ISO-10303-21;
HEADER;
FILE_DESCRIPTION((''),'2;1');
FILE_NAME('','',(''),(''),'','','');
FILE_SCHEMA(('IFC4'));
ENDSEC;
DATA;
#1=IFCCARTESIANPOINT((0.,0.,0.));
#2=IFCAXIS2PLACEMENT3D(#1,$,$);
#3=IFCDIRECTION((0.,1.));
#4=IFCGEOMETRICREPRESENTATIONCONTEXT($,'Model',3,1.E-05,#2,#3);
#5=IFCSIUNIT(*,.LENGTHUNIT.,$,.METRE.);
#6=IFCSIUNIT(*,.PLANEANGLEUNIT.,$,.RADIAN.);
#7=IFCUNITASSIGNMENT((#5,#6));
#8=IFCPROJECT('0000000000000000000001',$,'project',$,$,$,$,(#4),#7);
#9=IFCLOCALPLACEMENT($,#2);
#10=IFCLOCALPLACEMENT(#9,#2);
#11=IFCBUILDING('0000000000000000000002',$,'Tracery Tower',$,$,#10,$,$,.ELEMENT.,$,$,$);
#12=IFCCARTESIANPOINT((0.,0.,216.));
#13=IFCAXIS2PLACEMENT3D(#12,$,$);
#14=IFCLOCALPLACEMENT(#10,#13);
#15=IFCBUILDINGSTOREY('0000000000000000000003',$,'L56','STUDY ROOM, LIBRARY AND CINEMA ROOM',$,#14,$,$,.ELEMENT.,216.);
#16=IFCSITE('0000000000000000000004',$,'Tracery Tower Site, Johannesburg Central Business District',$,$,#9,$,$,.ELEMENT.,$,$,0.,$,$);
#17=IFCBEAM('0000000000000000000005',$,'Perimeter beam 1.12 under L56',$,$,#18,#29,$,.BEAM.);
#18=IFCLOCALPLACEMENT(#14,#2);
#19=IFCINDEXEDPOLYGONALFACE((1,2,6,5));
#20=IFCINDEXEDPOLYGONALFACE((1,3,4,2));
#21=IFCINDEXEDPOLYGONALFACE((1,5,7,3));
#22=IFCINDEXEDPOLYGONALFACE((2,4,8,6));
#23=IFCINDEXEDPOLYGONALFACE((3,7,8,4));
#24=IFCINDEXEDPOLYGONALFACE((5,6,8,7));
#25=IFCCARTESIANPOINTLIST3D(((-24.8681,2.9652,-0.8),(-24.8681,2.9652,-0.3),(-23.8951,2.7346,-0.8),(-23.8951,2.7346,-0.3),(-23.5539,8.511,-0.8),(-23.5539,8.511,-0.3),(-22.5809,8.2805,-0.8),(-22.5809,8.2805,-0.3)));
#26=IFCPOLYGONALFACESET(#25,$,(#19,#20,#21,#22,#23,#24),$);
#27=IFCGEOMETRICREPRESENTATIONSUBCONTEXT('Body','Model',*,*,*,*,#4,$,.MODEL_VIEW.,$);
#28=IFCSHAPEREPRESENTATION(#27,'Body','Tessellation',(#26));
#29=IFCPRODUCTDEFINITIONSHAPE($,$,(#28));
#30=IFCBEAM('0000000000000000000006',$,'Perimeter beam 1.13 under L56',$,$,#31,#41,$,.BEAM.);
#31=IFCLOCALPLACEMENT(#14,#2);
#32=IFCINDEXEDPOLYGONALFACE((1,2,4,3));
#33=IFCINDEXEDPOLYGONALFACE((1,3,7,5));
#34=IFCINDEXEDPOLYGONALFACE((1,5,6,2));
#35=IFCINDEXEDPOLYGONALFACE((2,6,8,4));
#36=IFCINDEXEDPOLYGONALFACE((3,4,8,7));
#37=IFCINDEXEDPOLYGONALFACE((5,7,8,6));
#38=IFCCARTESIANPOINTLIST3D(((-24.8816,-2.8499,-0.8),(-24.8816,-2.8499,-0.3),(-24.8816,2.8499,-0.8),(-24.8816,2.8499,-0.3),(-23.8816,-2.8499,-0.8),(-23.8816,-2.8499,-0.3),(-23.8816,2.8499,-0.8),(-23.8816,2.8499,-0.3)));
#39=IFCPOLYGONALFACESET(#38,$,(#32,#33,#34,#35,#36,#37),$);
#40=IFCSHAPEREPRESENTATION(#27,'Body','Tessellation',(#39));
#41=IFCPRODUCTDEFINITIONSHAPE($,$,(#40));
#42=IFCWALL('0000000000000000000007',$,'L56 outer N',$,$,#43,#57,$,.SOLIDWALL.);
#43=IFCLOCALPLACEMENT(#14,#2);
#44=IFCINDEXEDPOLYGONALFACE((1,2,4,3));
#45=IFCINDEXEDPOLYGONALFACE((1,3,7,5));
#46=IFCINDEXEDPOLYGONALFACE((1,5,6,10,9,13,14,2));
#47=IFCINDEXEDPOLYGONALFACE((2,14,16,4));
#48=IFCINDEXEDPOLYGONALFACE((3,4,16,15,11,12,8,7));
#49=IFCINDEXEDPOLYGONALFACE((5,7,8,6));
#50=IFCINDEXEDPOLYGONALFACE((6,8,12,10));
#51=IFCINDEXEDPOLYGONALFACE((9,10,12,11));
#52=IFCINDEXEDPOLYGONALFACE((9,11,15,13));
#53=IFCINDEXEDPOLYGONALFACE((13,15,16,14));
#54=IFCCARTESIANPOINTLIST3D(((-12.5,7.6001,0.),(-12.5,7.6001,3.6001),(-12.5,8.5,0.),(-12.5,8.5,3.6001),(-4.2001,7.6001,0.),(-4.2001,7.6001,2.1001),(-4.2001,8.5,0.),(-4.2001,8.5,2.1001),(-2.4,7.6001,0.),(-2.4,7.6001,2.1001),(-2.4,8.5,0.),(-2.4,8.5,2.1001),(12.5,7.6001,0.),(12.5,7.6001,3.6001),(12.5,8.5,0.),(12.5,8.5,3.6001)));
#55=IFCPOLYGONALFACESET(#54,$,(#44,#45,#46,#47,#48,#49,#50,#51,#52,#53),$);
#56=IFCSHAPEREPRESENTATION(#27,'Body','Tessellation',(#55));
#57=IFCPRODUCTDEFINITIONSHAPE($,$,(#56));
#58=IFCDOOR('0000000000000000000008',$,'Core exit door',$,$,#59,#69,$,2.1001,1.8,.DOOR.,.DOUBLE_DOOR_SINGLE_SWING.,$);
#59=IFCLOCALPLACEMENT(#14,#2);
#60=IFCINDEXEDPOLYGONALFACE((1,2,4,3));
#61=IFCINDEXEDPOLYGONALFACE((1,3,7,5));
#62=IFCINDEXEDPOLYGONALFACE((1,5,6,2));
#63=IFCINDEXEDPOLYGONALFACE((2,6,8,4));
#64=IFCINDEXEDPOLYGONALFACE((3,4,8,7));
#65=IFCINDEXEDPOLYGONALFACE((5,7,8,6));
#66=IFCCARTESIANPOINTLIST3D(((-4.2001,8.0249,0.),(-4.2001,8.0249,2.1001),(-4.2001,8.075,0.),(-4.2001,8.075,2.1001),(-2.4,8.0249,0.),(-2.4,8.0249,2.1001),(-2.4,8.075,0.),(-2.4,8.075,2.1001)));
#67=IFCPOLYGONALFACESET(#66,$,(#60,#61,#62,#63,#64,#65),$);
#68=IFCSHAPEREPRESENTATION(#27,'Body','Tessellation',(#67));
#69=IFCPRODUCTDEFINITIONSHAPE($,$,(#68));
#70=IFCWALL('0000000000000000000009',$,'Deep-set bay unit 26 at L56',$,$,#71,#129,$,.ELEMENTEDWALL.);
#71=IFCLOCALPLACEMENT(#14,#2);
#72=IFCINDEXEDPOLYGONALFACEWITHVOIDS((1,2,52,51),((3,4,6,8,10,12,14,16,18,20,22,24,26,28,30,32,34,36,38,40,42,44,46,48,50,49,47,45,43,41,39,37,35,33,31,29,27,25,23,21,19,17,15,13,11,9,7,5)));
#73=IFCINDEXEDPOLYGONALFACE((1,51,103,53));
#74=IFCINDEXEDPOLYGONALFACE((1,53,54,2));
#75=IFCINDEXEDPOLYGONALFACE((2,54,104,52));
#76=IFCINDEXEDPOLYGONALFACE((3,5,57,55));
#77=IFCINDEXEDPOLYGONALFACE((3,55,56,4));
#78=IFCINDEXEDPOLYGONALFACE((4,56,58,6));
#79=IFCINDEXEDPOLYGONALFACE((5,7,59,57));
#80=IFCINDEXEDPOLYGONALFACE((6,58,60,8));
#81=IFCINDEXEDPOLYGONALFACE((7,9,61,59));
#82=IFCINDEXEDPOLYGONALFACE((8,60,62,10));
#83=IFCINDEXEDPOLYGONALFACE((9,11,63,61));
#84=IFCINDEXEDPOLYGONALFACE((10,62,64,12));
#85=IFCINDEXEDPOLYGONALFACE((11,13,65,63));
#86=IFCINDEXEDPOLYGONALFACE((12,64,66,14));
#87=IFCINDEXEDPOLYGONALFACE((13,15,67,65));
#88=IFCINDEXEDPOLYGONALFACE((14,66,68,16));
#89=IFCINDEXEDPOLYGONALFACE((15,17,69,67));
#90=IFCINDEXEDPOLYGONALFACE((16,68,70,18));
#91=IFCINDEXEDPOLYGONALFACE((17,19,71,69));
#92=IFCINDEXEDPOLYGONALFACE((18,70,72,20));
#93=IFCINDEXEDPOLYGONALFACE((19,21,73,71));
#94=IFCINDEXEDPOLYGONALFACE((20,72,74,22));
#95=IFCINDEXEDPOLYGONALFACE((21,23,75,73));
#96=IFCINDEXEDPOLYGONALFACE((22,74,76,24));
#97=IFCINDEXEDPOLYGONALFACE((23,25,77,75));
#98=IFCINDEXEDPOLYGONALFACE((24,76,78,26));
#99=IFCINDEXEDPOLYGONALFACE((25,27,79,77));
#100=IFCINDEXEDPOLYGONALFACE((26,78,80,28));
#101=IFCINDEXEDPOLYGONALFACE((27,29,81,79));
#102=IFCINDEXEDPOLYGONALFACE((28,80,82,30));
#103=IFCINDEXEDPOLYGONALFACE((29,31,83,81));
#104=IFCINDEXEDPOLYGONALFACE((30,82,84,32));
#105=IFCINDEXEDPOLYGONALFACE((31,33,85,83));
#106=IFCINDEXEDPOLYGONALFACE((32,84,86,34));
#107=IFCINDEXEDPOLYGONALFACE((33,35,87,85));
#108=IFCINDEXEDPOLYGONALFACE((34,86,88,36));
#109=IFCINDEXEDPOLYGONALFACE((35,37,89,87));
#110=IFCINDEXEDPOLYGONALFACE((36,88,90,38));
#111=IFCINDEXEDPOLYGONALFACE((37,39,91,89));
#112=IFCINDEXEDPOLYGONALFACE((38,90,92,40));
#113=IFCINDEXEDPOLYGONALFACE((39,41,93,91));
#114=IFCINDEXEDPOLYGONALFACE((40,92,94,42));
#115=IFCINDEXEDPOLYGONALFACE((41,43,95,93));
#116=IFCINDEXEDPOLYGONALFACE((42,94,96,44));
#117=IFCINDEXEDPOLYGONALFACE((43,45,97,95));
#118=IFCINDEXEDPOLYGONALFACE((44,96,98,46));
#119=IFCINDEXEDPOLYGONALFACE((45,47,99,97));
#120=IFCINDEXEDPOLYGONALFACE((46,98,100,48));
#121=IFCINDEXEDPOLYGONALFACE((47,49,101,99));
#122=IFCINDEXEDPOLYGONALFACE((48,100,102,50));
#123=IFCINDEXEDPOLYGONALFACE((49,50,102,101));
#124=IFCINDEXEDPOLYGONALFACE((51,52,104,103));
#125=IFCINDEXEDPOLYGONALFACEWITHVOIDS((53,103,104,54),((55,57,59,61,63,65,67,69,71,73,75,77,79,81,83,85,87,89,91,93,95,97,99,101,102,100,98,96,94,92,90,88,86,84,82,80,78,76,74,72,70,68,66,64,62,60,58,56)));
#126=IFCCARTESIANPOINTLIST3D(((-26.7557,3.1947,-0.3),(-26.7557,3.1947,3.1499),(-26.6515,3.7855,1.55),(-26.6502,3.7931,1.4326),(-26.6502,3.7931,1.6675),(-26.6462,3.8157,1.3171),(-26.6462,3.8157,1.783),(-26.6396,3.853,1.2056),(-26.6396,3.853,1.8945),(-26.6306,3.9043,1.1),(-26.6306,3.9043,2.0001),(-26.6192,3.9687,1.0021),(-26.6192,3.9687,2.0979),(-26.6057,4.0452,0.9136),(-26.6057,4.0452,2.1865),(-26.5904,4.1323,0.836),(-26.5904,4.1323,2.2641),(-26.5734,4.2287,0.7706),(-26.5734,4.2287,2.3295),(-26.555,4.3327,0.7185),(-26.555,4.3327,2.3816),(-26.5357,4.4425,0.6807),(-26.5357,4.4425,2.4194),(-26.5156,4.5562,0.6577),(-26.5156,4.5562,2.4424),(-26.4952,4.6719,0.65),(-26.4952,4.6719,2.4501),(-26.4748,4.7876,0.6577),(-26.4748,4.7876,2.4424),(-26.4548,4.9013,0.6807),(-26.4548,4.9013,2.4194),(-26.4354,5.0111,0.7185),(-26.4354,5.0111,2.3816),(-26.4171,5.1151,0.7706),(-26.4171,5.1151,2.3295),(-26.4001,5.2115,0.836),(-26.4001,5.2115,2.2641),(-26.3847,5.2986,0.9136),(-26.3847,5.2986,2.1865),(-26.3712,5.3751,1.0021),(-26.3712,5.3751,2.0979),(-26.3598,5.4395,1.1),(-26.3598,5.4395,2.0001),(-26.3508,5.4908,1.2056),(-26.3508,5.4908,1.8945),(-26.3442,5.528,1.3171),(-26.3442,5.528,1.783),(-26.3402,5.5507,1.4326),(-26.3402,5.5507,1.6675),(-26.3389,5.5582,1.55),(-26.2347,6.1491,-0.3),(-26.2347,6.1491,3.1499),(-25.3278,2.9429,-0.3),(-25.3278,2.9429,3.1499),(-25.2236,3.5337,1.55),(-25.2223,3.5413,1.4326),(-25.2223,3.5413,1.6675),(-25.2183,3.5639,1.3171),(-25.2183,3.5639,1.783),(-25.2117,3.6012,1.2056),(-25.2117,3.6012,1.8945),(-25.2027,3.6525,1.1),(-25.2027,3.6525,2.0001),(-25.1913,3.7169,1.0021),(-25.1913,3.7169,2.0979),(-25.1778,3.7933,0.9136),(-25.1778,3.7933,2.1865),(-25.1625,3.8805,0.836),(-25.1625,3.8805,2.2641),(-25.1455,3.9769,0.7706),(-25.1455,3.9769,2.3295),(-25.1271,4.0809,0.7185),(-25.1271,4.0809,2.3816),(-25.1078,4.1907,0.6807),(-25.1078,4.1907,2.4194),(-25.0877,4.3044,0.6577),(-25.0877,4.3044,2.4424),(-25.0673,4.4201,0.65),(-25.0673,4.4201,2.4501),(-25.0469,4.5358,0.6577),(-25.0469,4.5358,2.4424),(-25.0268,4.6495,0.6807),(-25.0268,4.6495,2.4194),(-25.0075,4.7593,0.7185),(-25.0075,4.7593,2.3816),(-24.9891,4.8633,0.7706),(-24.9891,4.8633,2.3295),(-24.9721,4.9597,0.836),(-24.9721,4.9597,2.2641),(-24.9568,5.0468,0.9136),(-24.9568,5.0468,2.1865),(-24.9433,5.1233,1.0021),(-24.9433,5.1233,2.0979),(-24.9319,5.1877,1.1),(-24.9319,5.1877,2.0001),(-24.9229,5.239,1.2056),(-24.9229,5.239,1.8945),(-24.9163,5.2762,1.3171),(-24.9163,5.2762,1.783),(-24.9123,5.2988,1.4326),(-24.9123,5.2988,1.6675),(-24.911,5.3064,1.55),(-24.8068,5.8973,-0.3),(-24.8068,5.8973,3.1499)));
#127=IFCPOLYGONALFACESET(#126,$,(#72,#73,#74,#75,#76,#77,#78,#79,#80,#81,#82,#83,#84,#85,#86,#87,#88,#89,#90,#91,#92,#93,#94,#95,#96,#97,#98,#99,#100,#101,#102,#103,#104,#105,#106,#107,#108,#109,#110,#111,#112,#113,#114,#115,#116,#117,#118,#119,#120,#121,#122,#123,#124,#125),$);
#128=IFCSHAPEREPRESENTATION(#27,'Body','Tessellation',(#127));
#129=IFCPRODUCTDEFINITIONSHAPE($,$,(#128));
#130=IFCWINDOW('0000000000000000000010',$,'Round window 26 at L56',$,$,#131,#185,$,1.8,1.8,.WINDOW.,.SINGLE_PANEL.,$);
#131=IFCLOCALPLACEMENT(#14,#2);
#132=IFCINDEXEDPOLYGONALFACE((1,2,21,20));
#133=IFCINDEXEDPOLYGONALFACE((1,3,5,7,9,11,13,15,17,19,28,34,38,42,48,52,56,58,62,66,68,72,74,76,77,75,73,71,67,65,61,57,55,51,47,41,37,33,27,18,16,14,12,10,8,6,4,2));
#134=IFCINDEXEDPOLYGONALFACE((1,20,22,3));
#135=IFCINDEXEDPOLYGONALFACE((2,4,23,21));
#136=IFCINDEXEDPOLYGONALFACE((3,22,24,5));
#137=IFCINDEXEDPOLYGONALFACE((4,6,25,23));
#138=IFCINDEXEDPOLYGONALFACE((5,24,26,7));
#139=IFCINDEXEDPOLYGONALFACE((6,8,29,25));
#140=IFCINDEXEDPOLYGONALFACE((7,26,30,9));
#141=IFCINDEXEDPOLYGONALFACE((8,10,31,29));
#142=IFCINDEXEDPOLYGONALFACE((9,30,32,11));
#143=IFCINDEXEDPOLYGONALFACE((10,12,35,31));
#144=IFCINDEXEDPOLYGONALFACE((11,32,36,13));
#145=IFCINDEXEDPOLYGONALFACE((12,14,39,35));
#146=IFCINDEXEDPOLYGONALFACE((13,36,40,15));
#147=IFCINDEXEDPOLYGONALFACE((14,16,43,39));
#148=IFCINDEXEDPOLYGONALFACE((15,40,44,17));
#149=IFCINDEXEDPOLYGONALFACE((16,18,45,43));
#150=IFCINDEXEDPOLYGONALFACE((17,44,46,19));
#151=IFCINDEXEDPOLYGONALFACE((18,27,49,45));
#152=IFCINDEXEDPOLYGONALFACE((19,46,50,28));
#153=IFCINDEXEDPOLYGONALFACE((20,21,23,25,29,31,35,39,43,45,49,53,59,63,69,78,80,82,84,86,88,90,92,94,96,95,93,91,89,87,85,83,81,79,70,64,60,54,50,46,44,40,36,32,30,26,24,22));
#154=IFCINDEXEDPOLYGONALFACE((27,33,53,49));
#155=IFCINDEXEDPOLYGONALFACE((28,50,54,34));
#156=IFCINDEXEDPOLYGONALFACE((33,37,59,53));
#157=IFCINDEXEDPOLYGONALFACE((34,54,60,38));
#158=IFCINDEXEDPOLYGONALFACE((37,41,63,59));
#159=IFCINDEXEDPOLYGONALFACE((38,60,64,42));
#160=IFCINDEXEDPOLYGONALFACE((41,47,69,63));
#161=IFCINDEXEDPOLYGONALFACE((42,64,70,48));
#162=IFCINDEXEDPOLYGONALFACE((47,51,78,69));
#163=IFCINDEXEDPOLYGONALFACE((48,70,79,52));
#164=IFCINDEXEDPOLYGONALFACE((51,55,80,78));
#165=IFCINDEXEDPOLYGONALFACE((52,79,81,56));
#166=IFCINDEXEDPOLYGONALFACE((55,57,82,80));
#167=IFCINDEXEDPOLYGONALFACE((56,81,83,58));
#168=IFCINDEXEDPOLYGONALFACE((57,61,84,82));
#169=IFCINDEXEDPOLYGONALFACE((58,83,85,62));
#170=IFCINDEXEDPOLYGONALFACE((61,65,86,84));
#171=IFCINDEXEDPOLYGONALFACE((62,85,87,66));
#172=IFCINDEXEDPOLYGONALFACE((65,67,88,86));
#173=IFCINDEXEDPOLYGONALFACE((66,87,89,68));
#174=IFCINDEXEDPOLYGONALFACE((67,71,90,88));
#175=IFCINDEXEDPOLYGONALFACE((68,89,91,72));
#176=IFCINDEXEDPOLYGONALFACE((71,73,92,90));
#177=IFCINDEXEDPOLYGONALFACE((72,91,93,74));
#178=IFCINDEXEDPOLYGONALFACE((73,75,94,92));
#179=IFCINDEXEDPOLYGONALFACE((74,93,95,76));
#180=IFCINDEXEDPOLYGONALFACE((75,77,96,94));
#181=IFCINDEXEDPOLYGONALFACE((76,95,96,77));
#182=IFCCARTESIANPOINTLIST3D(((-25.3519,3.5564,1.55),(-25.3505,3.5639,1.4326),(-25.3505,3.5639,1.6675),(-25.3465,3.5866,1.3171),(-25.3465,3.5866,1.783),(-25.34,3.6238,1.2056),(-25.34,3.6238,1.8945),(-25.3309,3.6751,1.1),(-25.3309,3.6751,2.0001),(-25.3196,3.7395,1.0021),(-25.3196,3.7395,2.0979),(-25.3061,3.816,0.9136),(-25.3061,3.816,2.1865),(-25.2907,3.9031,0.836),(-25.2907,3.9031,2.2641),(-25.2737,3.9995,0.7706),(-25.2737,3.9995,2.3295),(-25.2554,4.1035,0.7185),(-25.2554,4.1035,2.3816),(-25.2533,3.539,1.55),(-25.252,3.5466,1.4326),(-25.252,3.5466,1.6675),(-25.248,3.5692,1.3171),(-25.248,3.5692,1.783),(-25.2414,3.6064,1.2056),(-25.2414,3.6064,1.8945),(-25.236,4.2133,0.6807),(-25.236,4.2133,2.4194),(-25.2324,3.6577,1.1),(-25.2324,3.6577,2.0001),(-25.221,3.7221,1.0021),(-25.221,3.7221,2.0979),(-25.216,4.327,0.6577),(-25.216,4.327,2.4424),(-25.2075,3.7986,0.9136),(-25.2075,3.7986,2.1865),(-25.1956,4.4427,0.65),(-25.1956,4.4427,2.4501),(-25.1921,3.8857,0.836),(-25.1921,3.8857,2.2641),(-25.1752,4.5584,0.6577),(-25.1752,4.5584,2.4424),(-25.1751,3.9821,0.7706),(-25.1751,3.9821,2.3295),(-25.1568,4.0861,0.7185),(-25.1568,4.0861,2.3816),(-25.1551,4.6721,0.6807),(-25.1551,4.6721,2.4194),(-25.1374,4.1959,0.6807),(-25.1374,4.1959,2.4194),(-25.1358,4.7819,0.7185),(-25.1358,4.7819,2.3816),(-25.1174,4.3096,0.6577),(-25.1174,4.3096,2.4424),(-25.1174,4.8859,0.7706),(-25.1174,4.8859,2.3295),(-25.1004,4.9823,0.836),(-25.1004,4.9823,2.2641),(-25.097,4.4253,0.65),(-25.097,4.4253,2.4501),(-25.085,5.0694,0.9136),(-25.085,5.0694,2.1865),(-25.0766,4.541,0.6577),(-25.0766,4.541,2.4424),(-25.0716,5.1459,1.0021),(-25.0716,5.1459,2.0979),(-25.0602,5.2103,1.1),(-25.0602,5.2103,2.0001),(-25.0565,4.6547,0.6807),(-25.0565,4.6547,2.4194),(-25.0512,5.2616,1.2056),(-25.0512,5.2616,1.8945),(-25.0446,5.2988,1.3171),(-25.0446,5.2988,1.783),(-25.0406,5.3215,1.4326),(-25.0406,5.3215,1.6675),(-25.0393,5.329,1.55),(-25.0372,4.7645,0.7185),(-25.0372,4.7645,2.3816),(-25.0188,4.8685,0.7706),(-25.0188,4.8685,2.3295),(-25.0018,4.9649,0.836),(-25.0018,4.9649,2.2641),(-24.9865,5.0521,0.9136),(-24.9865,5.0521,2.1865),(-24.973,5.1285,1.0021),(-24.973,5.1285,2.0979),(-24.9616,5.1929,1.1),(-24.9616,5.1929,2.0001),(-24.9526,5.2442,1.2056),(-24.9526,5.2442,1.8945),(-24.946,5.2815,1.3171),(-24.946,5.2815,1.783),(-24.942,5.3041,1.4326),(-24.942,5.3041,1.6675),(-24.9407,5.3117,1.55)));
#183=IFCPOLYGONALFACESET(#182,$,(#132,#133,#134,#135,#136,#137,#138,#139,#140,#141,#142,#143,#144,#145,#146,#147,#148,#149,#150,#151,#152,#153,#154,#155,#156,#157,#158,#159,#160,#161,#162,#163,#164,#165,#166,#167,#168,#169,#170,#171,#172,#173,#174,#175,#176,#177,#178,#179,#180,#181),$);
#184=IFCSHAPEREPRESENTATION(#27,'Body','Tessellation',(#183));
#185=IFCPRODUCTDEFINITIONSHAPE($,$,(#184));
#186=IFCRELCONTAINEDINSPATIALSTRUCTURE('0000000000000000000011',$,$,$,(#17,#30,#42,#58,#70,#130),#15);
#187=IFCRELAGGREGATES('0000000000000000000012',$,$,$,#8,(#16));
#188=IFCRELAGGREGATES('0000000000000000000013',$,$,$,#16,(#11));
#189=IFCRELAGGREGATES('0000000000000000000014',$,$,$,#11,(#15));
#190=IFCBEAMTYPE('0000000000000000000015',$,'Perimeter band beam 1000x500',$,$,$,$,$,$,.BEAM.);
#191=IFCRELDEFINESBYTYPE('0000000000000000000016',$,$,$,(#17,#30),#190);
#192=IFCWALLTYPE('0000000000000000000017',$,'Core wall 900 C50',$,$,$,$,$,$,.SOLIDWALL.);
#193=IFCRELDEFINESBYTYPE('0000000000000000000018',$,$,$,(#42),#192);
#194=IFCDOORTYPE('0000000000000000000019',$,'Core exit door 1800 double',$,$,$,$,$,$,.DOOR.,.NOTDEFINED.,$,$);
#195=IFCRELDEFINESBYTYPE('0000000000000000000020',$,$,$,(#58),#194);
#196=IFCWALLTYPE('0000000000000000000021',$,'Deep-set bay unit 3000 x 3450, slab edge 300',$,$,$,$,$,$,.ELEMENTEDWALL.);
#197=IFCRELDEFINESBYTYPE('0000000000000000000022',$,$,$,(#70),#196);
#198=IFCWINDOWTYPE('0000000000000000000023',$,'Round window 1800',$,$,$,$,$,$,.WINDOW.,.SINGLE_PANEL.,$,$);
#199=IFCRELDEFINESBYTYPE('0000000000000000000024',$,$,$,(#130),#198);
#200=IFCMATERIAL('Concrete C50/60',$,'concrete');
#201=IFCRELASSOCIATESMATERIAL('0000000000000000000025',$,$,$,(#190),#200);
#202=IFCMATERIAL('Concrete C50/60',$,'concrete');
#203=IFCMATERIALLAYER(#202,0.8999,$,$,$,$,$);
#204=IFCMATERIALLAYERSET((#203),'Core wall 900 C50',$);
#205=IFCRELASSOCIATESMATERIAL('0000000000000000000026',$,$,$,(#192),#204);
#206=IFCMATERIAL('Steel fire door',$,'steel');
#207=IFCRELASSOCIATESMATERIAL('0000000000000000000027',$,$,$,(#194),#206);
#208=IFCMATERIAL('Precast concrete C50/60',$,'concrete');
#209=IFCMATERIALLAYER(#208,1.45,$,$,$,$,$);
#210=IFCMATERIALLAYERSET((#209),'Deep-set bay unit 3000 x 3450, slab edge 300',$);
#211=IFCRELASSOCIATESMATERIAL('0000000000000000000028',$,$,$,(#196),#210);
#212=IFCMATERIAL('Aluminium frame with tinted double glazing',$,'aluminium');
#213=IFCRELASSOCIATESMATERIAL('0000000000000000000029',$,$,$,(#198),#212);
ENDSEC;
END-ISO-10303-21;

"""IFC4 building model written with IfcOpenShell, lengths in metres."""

from ifc_helpers import new_model, si_unit, direction, frame, frame_2d, origin, origin_2d, place, context, subcontext, project, spatial, rectangle, circle, extrude, material, layer, layer_set, material_profile, profile_set, type_object, element, fill, save


model = new_model("IFC4")

# Units and contexts
model_context = context("Model", 3, precision=1e-05, world=origin(), true_north=direction((0.0, 1.0)))
body_context = subcontext(model_context, "Body", "Model", "MODEL_VIEW")
ifc_project = project(units=[si_unit("LENGTHUNIT", "METRE"), si_unit("PLANEANGLEUNIT", "RADIAN")], contexts=[model_context])

# Site, building, storey
site_placement = place(None, origin())
site = spatial("IfcSite", under=ifc_project, at=site_placement, Name="Tracery Tower Site, Johannesburg Central Business District", CompositionType="ELEMENT", RefElevation=0.0)
building_placement = place(site_placement, origin())
building = spatial("IfcBuilding", under=site, at=building_placement, Name="Tracery Tower", CompositionType="ELEMENT")
storey_placement = place(building_placement, frame((0.0, 0.0, 216.0)))
storey = spatial("IfcBuildingStorey", under=building, at=storey_placement, Name="L56", Description="STUDY ROOM, LIBRARY AND CINEMA ROOM", CompositionType="ELEMENT", Elevation=216.0)

# Beams
ifc_material_1 = material(Name="Concrete C50/60", Category="concrete")
ifc_material_profile_1 = material_profile(ifc_material_1, rectangle(XDim=1.0, YDim=0.5, at=origin_2d()), Name="RC 1000x500")
ifc_profile_set_1 = profile_set([ifc_material_profile_1], Name="Concrete C50/60")
beam_type = type_object("IfcBeamType", Name="Perimeter band beam 1000x500", PredefinedType="BEAM", material=ifc_profile_set_1)
beam_1_placement = place(storey_placement, frame((-23.0674, 8.3958, -0.55), z_axis=(-0.230584, -0.973052, 0.0), x_axis=(0.973052, -0.230584, 0.0)))
element("IfcBeam", 1, at=beam_1_placement, inside=storey, type_object=beam_type, Name="Perimeter beam 1.12 under L56", PredefinedType="BEAM", context=body_context, shape_type="SweptSolid", body=[
    extrude(rectangle(XDim=1.0, YDim=0.5, at=origin_2d()), origin(), (0.0, 0.0, 1.0), 5.6995),
])
beam_2_placement = place(storey_placement, frame((-24.3816, 2.8499, -0.55), z_axis=(0.0, -1.0, 0.0), x_axis=(1.0, 0.0, 0.0)))
element("IfcBeam", 2, at=beam_2_placement, inside=storey, type_object=beam_type, Name="Perimeter beam 1.13 under L56", PredefinedType="BEAM", context=body_context, shape_type="SweptSolid", body=[
    extrude(rectangle(XDim=1.0, YDim=0.5, at=origin_2d()), origin(), (0.0, 0.0, 1.0), 5.6997),
])

# Wall, opening, door
ifc_material_2 = material(Name="Concrete C50/60", Category="concrete")
ifc_layer_1 = layer(ifc_material_2, 0.8999)
ifc_layer_set_1 = layer_set([ifc_layer_1], Name="Core wall 900 C50")
wall_type_1 = type_object("IfcWallType", Name="Core wall 900 C50", PredefinedType="SOLIDWALL", material=ifc_layer_set_1)
wall_1_placement = place(storey_placement, frame((-12.5, 8.05, 0.0), z_axis=(0.0, 0.0, 1.0), x_axis=(1.0, 0.0, 0.0)))
wall_1 = element("IfcWall", 3, at=wall_1_placement, inside=storey, type_object=wall_type_1, Name="L56 outer N", PredefinedType="SOLIDWALL", context=body_context, shape_type="SweptSolid", body=[
    extrude(rectangle(XDim=25.0, YDim=0.8999, at=frame_2d((12.5, 0.0))), origin(), (0.0, 0.0, 1.0), 3.6001),
])
opening_1_placement = place(wall_1_placement, frame((8.3, 0.0, 0.0)))
opening_1 = element("IfcOpeningElement", 4, at=opening_1_placement, cuts=wall_1, PredefinedType="OPENING", context=body_context, shape_type="SweptSolid", body=[
    extrude(rectangle(XDim=1.8, YDim=2.1001, at=frame_2d((0.8999, 1.05))), frame((0.0, 0.45, 0.0), z_axis=(0.0, -1.0, 0.0), x_axis=(1.0, 0.0, 0.0)), (0.0, 0.0, 1.0), 0.8999),
])
ifc_material_3 = material(Name="Steel fire door", Category="steel")
door_type_1 = type_object("IfcDoorType", Name="Core exit door 1800 double", OperationType="NOTDEFINED", PredefinedType="DOOR", material=ifc_material_3)
door_1_placement = place(opening_1_placement, origin())
door_1 = element("IfcDoor", 5, at=door_1_placement, inside=storey, type_object=door_type_1, Name="Core exit door", OperationType="DOUBLE_DOOR_SINGLE_SWING", OverallHeight=2.1001, OverallWidth=1.8, PredefinedType="DOOR", context=body_context, shape_type="SweptSolid", body=[
    extrude(rectangle(XDim=1.8, YDim=2.1001, at=frame_2d((0.8999, 1.05))), frame((0.0, 0.0249, 0.0), z_axis=(0.0, -1.0, 0.0), x_axis=(1.0, 0.0, 0.0)), (0.0, 0.0, 1.0), 0.05),
])
fill(opening_1, door_1)

# Wall, opening, window
ifc_material_4 = material(Name="Precast concrete C50/60", Category="concrete")
ifc_layer_2 = layer(ifc_material_4, 1.45)
ifc_layer_set_2 = layer_set([ifc_layer_2], Name="Deep-set bay unit 3000 x 3450, slab edge 300")
wall_type_2 = type_object("IfcWallType", Name="Deep-set bay unit 3000 x 3450, slab edge 300", PredefinedType="ELEMENTEDWALL", material=ifc_layer_set_2)
wall_2_placement = place(storey_placement, frame((-25.5208, 6.0232, -0.3), z_axis=(0.0, 0.0, 1.0), x_axis=(-0.173669, -0.984804, 0.0)))
wall_2 = element("IfcWall", 6, at=wall_2_placement, inside=storey, type_object=wall_type_2, Name="Deep-set bay unit 26 at L56", PredefinedType="ELEMENTEDWALL", context=body_context, shape_type="SweptSolid", body=[
    extrude(rectangle(XDim=3.0, YDim=1.45, at=frame_2d((1.5, 0.0))), origin(), (0.0, 0.0, 1.0), 3.45),
])
opening_2_placement = place(wall_2_placement, frame((1.5, 0.0, 1.8501)))
opening_2 = element("IfcOpeningElement", 7, at=opening_2_placement, cuts=wall_2, PredefinedType="OPENING", context=body_context, shape_type="SweptSolid", body=[
    extrude(circle(Radius=0.9, at=origin_2d()), frame((0.0, 0.7349, 0.0), z_axis=(0.0, -1.0, 0.0), x_axis=(1.0, 0.0, 0.0)), (0.0, 0.0, 1.0), 1.47),
])
ifc_material_5 = material(Name="Aluminium frame with tinted double glazing", Category="aluminium")
window_type = type_object("IfcWindowType", Name="Round window 1800", PartitioningType="SINGLE_PANEL", PredefinedType="WINDOW", material=ifc_material_5)
window_1_placement = place(opening_2_placement, origin())
window_1 = element("IfcWindow", 8, at=window_1_placement, inside=storey, type_object=window_type, Name="Round window 26 at L56", OverallHeight=1.8, OverallWidth=1.8, PartitioningType="SINGLE_PANEL", PredefinedType="WINDOW", context=body_context, shape_type="SweptSolid", body=[
    extrude(circle(Radius=0.9, at=origin_2d()), frame((0.0, 0.6948, 0.0), z_axis=(0.0, -1.0, 0.0), x_axis=(1.0, 0.0, 0.0)), (0.0, 0.0, 1.0), 0.1001),
])
fill(opening_2, window_1)

save(model, "model.ifc")
